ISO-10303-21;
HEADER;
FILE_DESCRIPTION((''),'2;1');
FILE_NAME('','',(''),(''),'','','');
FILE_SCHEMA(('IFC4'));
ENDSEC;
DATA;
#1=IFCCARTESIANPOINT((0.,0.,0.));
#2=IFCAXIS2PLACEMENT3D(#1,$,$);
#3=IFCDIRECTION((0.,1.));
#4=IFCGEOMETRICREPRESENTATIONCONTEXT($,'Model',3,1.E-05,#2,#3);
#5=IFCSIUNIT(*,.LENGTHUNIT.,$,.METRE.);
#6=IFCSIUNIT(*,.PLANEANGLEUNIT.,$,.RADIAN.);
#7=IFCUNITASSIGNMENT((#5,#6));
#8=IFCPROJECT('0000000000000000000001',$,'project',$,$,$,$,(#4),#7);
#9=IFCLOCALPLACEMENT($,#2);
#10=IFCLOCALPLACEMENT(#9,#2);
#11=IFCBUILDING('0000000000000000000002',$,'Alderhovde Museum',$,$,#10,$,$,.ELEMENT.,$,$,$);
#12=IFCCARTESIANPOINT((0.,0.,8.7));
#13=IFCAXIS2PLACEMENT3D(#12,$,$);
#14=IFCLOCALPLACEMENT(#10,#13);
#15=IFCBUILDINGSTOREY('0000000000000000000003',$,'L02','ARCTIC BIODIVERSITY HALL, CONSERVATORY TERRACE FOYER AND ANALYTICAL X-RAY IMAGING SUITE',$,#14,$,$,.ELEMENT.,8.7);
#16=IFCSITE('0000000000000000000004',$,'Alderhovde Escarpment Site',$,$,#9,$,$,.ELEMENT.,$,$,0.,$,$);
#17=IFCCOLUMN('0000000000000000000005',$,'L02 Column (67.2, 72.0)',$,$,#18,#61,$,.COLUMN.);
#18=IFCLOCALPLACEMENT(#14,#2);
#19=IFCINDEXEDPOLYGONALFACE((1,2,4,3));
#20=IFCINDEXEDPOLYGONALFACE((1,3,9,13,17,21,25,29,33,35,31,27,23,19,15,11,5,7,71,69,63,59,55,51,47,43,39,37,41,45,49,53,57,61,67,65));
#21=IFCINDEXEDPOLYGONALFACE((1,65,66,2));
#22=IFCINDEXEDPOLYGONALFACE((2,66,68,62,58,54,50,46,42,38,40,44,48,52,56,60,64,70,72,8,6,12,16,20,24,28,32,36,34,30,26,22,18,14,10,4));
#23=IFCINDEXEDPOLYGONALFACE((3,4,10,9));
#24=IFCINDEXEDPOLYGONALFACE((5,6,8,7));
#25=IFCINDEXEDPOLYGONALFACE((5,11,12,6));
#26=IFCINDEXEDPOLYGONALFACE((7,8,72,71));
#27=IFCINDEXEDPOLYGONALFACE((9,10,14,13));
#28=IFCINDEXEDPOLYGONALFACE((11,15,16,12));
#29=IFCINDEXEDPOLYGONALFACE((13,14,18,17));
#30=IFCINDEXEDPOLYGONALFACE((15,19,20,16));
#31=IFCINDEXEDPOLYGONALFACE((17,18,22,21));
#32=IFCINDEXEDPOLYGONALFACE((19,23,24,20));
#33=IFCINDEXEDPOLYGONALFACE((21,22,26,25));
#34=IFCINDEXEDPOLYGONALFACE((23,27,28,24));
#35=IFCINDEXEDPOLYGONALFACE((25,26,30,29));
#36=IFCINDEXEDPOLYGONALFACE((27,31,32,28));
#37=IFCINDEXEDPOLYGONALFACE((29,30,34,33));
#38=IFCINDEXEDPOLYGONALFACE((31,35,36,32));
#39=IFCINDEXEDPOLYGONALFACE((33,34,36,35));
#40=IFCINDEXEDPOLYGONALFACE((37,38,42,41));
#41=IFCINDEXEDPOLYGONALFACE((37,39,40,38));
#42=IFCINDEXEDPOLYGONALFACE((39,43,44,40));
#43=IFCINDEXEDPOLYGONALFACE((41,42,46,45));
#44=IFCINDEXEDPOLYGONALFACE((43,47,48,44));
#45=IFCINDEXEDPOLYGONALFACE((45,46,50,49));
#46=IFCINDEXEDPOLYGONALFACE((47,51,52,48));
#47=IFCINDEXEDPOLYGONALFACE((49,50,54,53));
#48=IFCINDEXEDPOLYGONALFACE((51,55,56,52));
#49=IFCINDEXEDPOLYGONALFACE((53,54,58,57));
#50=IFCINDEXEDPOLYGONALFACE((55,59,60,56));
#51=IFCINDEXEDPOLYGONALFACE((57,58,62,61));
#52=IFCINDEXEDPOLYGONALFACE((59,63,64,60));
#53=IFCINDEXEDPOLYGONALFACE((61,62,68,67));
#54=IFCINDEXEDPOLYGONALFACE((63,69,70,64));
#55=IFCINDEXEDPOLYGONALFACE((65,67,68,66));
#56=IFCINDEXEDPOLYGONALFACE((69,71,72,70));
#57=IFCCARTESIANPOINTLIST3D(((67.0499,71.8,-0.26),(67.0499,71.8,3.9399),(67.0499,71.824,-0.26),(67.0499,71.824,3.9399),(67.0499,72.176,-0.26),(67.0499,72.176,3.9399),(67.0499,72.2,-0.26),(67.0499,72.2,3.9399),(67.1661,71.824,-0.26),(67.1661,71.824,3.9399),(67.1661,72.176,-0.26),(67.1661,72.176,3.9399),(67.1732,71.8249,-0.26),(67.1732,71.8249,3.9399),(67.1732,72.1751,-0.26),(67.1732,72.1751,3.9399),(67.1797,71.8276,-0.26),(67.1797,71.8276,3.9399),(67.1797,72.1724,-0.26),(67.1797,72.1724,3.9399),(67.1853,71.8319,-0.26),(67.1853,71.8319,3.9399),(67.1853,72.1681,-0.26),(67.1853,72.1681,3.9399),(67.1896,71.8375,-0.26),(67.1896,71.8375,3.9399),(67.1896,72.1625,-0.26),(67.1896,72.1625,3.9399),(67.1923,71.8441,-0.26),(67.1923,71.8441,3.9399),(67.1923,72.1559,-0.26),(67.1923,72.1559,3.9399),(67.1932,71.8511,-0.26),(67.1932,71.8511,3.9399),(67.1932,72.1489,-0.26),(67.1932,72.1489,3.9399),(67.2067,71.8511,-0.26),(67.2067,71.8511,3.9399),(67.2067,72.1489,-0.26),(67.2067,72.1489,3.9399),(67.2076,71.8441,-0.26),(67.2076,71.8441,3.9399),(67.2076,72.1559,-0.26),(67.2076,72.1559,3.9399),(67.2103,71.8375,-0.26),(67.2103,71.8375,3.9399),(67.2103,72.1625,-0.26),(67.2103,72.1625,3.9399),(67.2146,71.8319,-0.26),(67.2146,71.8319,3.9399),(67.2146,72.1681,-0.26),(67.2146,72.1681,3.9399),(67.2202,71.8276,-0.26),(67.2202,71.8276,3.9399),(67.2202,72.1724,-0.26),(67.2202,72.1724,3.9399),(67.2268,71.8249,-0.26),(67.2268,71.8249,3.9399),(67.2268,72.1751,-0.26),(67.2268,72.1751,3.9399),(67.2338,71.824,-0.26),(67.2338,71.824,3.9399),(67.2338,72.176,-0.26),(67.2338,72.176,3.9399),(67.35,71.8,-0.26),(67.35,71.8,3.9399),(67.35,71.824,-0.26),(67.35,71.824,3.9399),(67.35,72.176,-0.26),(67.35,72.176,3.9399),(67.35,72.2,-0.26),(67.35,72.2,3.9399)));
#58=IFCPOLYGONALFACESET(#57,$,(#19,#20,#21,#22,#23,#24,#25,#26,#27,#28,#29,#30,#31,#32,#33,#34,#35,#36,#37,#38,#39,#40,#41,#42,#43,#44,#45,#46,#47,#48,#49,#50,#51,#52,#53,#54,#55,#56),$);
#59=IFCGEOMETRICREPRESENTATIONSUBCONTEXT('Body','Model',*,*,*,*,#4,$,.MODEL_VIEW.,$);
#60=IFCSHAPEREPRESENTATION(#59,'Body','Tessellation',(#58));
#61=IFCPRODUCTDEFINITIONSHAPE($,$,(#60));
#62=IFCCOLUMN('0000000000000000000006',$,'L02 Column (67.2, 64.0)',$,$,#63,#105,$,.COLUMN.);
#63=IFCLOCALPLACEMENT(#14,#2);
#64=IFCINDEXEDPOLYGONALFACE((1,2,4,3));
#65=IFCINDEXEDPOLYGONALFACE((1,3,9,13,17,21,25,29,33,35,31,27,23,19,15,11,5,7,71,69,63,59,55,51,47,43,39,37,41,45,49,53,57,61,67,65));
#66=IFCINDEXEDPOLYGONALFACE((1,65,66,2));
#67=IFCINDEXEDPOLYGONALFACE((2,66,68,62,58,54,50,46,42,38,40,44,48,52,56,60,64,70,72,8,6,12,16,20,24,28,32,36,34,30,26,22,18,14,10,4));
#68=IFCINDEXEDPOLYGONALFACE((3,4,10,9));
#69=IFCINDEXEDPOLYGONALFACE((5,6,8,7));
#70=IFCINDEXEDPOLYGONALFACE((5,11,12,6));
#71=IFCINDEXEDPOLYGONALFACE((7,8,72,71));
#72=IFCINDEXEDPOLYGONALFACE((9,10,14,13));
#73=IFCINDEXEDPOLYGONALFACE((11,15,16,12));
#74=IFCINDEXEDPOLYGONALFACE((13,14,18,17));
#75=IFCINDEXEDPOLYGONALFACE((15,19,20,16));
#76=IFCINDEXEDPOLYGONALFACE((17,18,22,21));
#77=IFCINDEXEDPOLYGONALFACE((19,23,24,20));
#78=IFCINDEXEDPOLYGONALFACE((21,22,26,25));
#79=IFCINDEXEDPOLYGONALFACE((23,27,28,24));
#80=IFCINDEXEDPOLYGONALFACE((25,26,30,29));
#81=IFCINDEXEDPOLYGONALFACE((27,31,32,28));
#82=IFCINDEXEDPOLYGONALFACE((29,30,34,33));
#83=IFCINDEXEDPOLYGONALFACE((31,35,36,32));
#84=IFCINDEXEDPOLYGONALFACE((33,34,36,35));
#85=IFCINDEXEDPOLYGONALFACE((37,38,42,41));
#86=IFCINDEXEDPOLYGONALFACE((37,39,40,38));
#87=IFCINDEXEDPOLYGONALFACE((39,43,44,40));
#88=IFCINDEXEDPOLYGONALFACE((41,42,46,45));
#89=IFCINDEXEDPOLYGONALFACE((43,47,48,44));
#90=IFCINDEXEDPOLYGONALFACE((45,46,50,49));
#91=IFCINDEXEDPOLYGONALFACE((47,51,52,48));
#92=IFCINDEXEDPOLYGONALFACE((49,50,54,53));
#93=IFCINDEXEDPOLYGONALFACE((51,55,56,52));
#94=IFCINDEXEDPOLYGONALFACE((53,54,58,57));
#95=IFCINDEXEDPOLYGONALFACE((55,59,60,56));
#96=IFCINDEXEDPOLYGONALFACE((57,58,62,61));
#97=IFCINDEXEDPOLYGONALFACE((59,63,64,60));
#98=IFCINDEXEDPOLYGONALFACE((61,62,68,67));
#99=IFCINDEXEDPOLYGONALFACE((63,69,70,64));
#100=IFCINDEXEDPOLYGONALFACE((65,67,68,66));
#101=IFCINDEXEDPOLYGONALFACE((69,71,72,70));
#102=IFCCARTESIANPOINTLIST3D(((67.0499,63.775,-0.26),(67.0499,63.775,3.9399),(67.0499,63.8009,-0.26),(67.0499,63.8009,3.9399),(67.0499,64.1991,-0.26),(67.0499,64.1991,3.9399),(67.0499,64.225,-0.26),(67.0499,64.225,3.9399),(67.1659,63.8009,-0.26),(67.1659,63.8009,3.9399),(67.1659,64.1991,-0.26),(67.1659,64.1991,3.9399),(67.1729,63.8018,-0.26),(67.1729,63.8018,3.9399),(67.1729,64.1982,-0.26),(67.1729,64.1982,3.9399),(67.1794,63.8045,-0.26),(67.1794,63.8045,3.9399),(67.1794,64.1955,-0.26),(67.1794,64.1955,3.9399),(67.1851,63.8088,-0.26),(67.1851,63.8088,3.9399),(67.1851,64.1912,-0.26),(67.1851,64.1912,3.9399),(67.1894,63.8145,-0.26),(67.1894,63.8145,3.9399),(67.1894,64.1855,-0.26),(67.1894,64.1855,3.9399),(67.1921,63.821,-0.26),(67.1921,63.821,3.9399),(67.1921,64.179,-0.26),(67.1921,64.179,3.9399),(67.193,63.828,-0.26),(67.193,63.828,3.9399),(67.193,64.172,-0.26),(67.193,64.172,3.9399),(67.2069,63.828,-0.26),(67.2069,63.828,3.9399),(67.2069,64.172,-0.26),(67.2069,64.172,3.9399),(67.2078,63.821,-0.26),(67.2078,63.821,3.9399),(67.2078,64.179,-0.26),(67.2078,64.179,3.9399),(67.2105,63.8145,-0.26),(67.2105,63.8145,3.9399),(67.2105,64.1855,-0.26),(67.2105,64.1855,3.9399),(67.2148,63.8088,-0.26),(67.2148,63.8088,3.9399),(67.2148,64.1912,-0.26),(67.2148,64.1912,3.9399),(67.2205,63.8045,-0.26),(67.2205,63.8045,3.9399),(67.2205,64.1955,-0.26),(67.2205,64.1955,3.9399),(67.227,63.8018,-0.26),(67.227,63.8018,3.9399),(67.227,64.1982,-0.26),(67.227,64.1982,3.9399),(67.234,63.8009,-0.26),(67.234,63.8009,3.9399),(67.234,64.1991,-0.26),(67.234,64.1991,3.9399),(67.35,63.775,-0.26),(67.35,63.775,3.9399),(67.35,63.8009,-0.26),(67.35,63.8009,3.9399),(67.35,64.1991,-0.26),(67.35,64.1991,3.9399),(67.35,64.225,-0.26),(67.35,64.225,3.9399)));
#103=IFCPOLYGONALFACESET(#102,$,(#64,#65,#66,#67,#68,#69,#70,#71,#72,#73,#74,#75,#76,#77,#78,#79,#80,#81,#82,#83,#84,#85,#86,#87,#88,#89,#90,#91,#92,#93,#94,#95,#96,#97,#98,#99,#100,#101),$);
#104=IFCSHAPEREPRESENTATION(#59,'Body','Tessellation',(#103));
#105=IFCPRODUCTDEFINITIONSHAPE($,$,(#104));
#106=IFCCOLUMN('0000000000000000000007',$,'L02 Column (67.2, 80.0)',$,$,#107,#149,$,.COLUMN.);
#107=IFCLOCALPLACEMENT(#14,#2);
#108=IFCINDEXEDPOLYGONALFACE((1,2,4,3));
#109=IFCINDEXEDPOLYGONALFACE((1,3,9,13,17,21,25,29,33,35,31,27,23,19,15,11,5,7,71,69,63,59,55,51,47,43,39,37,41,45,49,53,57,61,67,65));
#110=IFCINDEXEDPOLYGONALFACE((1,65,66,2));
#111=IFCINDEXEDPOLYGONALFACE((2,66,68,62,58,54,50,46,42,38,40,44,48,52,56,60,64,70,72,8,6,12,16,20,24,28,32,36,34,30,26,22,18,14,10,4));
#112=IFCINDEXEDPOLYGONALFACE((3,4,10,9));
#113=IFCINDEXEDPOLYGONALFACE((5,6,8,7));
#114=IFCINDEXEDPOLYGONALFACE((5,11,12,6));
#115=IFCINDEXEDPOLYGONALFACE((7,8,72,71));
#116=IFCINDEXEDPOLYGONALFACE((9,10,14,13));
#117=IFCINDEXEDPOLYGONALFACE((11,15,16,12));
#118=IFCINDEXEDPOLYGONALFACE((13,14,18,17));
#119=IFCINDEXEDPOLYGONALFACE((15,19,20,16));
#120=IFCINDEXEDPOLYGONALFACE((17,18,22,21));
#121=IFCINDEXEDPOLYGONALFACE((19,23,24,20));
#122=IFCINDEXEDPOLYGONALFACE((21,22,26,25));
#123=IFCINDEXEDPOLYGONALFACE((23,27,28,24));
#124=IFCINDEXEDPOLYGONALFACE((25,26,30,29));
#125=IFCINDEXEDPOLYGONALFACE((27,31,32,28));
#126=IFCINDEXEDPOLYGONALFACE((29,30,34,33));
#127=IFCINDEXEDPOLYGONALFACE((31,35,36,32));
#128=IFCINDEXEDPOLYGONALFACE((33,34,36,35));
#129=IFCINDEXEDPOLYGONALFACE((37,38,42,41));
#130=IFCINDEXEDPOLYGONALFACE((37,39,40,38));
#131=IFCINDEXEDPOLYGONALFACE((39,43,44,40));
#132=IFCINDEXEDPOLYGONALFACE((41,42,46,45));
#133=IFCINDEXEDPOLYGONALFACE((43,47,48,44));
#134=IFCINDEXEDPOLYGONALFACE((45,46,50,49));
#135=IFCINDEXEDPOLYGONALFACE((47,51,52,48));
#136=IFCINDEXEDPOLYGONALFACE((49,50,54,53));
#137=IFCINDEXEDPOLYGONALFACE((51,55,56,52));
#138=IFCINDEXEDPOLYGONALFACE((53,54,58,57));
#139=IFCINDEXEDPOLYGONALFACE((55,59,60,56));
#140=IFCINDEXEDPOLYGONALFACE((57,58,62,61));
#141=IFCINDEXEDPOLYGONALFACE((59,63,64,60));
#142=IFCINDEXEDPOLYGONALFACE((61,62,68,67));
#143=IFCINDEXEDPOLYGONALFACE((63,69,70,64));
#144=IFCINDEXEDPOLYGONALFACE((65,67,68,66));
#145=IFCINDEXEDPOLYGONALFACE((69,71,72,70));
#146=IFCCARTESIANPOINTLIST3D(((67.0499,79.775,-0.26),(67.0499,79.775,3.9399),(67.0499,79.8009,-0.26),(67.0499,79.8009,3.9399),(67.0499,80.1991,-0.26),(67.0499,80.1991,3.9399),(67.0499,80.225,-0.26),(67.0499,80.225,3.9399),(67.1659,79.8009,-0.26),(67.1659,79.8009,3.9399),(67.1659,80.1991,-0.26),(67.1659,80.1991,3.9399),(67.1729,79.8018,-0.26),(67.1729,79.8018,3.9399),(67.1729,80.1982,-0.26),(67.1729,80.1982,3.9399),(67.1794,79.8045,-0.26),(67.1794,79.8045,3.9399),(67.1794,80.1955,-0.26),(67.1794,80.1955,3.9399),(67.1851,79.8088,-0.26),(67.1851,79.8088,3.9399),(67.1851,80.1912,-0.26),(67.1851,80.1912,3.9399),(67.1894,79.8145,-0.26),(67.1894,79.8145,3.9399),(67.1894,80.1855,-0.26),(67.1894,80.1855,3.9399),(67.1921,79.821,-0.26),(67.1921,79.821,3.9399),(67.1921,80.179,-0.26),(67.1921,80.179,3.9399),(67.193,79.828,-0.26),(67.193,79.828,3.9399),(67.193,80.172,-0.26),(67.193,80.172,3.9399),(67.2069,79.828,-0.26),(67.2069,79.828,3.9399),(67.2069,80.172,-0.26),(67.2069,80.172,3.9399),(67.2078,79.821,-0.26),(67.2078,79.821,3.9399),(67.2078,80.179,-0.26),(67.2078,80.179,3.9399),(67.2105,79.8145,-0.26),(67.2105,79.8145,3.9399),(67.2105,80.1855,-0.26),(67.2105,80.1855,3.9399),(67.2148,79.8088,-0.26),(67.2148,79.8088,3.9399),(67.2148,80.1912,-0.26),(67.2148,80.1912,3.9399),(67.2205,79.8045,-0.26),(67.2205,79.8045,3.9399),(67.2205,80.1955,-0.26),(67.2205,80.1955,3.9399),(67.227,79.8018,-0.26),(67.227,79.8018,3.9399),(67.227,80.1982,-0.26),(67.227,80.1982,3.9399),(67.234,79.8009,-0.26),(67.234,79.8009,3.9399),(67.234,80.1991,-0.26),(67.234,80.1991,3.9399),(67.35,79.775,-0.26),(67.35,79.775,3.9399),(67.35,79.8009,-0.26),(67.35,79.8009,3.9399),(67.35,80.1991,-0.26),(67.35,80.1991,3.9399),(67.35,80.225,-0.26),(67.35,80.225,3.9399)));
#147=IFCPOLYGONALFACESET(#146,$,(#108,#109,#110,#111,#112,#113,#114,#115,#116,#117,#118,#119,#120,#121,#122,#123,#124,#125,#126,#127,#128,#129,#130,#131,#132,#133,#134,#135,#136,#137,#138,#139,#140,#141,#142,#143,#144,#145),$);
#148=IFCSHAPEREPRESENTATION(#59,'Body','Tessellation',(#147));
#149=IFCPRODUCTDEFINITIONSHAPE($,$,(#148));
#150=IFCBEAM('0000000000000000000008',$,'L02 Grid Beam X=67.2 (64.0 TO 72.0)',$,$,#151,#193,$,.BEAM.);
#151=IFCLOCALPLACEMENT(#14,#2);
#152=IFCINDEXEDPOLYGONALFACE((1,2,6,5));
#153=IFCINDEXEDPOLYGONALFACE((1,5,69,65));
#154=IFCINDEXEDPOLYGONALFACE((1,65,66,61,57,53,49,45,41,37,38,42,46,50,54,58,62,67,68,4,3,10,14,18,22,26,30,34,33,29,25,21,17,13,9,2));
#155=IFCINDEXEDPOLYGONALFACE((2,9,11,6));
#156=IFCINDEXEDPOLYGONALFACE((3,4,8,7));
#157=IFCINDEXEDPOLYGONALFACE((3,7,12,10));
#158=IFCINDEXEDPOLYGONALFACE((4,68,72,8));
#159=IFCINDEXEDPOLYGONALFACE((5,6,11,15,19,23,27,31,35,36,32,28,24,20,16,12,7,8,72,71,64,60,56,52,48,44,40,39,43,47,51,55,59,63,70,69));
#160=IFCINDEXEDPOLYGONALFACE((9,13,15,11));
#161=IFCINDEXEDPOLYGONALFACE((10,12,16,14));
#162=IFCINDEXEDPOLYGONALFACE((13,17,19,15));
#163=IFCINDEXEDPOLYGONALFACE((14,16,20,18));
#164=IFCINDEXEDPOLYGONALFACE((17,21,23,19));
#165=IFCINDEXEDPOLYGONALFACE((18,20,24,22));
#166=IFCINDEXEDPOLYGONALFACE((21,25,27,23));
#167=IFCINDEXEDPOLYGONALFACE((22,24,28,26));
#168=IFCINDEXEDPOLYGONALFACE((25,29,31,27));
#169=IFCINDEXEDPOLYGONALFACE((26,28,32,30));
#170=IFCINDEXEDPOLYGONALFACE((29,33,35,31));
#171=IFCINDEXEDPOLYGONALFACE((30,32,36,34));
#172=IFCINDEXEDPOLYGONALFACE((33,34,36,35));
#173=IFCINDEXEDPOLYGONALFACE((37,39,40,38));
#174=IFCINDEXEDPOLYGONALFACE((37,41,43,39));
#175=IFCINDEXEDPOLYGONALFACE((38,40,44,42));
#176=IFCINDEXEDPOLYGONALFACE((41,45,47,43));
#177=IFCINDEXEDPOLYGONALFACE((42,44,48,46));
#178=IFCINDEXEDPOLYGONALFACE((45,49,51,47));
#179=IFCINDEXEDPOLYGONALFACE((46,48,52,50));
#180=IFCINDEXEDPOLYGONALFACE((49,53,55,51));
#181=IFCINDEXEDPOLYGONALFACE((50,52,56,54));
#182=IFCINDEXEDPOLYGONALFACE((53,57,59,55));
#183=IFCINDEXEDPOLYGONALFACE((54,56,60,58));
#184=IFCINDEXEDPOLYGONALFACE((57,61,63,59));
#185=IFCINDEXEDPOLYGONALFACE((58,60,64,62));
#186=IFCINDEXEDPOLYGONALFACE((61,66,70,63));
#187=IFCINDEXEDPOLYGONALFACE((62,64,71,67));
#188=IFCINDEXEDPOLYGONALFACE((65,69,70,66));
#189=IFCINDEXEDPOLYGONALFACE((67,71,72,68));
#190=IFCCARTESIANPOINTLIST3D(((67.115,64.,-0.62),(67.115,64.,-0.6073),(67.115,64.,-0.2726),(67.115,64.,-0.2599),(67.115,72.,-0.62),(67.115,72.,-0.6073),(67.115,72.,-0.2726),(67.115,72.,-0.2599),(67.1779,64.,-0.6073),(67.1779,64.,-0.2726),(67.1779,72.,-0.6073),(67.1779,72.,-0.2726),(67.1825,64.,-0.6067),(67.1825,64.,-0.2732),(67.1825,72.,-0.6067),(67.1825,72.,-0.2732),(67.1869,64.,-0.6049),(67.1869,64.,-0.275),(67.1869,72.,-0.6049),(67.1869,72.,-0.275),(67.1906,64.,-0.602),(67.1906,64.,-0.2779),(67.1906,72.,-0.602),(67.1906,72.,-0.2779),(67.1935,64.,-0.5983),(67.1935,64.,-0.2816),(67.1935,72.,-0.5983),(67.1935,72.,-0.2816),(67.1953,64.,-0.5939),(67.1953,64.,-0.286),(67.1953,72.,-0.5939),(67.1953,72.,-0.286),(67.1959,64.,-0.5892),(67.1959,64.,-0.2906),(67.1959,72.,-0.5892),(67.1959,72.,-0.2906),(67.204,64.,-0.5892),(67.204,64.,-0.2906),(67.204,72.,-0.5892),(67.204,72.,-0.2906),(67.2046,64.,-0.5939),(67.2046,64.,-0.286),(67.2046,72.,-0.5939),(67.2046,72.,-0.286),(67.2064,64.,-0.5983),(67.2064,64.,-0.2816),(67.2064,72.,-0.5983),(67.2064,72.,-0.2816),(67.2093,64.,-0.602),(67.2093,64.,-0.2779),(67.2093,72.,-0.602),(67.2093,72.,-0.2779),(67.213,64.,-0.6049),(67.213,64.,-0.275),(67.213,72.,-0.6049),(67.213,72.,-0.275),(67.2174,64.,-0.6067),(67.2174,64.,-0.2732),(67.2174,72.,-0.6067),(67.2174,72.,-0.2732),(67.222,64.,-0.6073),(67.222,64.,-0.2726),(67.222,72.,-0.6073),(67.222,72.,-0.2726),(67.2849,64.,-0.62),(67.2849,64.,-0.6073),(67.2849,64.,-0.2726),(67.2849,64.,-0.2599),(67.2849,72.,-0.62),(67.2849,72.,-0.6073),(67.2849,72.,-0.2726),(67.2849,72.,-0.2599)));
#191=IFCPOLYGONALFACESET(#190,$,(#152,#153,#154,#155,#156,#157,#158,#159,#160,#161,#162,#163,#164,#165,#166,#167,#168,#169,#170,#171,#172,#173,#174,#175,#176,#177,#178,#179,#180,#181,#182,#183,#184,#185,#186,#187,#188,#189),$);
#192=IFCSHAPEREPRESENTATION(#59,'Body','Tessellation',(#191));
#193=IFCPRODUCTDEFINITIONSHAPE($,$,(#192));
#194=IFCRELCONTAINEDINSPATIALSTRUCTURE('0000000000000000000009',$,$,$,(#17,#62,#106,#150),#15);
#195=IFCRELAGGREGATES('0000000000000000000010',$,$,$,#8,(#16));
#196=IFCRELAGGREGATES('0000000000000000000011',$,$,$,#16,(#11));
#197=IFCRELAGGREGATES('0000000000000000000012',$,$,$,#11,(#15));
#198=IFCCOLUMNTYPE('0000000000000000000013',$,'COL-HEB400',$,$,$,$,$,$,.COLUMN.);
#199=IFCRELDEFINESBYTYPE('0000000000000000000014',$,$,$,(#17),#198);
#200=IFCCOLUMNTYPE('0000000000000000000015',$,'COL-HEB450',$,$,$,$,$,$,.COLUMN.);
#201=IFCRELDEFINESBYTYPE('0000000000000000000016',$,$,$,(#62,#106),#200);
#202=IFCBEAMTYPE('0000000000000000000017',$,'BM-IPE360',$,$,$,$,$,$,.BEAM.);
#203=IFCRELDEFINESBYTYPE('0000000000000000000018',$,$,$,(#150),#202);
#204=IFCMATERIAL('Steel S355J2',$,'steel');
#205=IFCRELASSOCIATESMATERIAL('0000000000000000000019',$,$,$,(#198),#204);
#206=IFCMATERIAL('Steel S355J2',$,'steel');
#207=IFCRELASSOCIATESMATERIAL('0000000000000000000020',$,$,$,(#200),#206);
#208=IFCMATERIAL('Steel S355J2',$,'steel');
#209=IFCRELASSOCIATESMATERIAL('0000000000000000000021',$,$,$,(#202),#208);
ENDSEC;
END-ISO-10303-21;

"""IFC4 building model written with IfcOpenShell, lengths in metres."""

from ifc_helpers import new_model, si_unit, direction, frame, origin, origin_2d, place, context, subcontext, project, spatial, i_section, extrude, material, material_profile, profile_set, type_object, element, save


model = new_model("IFC4")

# Units and contexts
model_context = context("Model", 3, precision=1e-05, world=origin(), true_north=direction((0.0, 1.0)))
body_context = subcontext(model_context, "Body", "Model", "MODEL_VIEW")
ifc_project = project(units=[si_unit("LENGTHUNIT", "METRE"), si_unit("PLANEANGLEUNIT", "RADIAN")], contexts=[model_context])

# Site, building, storey
site_placement = place(None, origin())
site = spatial("IfcSite", under=ifc_project, at=site_placement, Name="Alderhovde Escarpment Site", CompositionType="ELEMENT", RefElevation=0.0)
building_placement = place(site_placement, origin())
building = spatial("IfcBuilding", under=site, at=building_placement, Name="Alderhovde Museum", CompositionType="ELEMENT")
storey_placement = place(building_placement, frame((0.0, 0.0, 8.7)))
storey = spatial("IfcBuildingStorey", under=building, at=storey_placement, Name="L02", Description="ARCTIC BIODIVERSITY HALL, CONSERVATORY TERRACE FOYER AND ANALYTICAL X-RAY IMAGING SUITE", CompositionType="ELEMENT", Elevation=8.7)

# Columns
ifc_material_1 = material(Name="Steel S355J2", Category="steel")
ifc_material_profile_1 = material_profile(ifc_material_1, i_section(OverallWidth=0.3, OverallDepth=0.3999, WebThickness=0.0134, FlangeThickness=0.0239, FilletRadius=0.0271, at=origin_2d()), Name="HEB 400")
ifc_profile_set_1 = profile_set([ifc_material_profile_1], Name="Steel S355J2")
column_type_1 = type_object("IfcColumnType", Name="COL-HEB400", PredefinedType="COLUMN", material=ifc_profile_set_1)
column_placement = place(storey_placement, frame((67.2, 72.0, -0.26), z_axis=(0.0, 0.0, 1.0), x_axis=(1.0, 0.0, 0.0)))
element("IfcColumn", 1, at=column_placement, inside=storey, type_object=column_type_1, Name="L02 Column (67.2, 72.0)", PredefinedType="COLUMN", context=body_context, shape_type="SweptSolid", body=[
    extrude(i_section(OverallWidth=0.3, OverallDepth=0.3999, WebThickness=0.0134, FlangeThickness=0.0239, FilletRadius=0.0271, at=origin_2d()), origin(), (0.0, 0.0, 1.0), 4.2),
])
ifc_material_2 = material(Name="Steel S355J2", Category="steel")
ifc_material_profile_2 = material_profile(ifc_material_2, i_section(OverallWidth=0.3, OverallDepth=0.45, WebThickness=0.0139, FlangeThickness=0.0259, FilletRadius=0.0271, at=origin_2d()), Name="HEB 450")
ifc_profile_set_2 = profile_set([ifc_material_profile_2], Name="Steel S355J2")
column_type_2 = type_object("IfcColumnType", Name="COL-HEB450", PredefinedType="COLUMN", material=ifc_profile_set_2)
for number, where, z_axis, x_axis, name in (
    (2, (67.2, 64.0, -0.26), (0.0, 0.0, 1.0), (1.0, 0.0, 0.0), "L02 Column (67.2, 64.0)"),
    (3, (67.2, 80.0, -0.26), (0.0, 0.0, 1.0), (1.0, 0.0, 0.0), "L02 Column (67.2, 80.0)"),
):
    element("IfcColumn", number, at=place(storey_placement, frame(where, z_axis=z_axis, x_axis=x_axis)), inside=storey, type_object=column_type_2, Name=name, PredefinedType="COLUMN", context=body_context, shape_type="SweptSolid", body=[
        extrude(i_section(OverallWidth=0.3, OverallDepth=0.45, WebThickness=0.0139, FlangeThickness=0.0259, FilletRadius=0.0271, at=origin_2d()), origin(), (0.0, 0.0, 1.0), 4.2),
    ])

# Beam
ifc_material_3 = material(Name="Steel S355J2", Category="steel")
ifc_material_profile_3 = material_profile(ifc_material_3, i_section(OverallWidth=0.1699, OverallDepth=0.3601, WebThickness=0.0081, FlangeThickness=0.0127, FilletRadius=0.0181, at=origin_2d()), Name="IPE 360")
ifc_profile_set_3 = profile_set([ifc_material_profile_3], Name="Steel S355J2")
beam_type_1 = type_object("IfcBeamType", Name="BM-IPE360", PredefinedType="BEAM", material=ifc_profile_set_3)
for number, where, z_axis, x_axis, name in (
    (4, (67.2, 64.0, -0.4399), (0.0, 1.0, 0.0), (-1.0, 0.0, 0.0), "L02 Grid Beam X=67.2 (64.0 TO 72.0)"),
):
    element("IfcBeam", number, at=place(storey_placement, frame(where, z_axis=z_axis, x_axis=x_axis)), inside=storey, type_object=beam_type_1, Name=name, PredefinedType="BEAM", context=body_context, shape_type="SweptSolid", body=[
        extrude(i_section(OverallWidth=0.1699, OverallDepth=0.3601, WebThickness=0.0081, FlangeThickness=0.0127, FilletRadius=0.0181, at=origin_2d()), origin(), (0.0, 0.0, 1.0), 8.0),
    ])

save(model, "model.ifc")
